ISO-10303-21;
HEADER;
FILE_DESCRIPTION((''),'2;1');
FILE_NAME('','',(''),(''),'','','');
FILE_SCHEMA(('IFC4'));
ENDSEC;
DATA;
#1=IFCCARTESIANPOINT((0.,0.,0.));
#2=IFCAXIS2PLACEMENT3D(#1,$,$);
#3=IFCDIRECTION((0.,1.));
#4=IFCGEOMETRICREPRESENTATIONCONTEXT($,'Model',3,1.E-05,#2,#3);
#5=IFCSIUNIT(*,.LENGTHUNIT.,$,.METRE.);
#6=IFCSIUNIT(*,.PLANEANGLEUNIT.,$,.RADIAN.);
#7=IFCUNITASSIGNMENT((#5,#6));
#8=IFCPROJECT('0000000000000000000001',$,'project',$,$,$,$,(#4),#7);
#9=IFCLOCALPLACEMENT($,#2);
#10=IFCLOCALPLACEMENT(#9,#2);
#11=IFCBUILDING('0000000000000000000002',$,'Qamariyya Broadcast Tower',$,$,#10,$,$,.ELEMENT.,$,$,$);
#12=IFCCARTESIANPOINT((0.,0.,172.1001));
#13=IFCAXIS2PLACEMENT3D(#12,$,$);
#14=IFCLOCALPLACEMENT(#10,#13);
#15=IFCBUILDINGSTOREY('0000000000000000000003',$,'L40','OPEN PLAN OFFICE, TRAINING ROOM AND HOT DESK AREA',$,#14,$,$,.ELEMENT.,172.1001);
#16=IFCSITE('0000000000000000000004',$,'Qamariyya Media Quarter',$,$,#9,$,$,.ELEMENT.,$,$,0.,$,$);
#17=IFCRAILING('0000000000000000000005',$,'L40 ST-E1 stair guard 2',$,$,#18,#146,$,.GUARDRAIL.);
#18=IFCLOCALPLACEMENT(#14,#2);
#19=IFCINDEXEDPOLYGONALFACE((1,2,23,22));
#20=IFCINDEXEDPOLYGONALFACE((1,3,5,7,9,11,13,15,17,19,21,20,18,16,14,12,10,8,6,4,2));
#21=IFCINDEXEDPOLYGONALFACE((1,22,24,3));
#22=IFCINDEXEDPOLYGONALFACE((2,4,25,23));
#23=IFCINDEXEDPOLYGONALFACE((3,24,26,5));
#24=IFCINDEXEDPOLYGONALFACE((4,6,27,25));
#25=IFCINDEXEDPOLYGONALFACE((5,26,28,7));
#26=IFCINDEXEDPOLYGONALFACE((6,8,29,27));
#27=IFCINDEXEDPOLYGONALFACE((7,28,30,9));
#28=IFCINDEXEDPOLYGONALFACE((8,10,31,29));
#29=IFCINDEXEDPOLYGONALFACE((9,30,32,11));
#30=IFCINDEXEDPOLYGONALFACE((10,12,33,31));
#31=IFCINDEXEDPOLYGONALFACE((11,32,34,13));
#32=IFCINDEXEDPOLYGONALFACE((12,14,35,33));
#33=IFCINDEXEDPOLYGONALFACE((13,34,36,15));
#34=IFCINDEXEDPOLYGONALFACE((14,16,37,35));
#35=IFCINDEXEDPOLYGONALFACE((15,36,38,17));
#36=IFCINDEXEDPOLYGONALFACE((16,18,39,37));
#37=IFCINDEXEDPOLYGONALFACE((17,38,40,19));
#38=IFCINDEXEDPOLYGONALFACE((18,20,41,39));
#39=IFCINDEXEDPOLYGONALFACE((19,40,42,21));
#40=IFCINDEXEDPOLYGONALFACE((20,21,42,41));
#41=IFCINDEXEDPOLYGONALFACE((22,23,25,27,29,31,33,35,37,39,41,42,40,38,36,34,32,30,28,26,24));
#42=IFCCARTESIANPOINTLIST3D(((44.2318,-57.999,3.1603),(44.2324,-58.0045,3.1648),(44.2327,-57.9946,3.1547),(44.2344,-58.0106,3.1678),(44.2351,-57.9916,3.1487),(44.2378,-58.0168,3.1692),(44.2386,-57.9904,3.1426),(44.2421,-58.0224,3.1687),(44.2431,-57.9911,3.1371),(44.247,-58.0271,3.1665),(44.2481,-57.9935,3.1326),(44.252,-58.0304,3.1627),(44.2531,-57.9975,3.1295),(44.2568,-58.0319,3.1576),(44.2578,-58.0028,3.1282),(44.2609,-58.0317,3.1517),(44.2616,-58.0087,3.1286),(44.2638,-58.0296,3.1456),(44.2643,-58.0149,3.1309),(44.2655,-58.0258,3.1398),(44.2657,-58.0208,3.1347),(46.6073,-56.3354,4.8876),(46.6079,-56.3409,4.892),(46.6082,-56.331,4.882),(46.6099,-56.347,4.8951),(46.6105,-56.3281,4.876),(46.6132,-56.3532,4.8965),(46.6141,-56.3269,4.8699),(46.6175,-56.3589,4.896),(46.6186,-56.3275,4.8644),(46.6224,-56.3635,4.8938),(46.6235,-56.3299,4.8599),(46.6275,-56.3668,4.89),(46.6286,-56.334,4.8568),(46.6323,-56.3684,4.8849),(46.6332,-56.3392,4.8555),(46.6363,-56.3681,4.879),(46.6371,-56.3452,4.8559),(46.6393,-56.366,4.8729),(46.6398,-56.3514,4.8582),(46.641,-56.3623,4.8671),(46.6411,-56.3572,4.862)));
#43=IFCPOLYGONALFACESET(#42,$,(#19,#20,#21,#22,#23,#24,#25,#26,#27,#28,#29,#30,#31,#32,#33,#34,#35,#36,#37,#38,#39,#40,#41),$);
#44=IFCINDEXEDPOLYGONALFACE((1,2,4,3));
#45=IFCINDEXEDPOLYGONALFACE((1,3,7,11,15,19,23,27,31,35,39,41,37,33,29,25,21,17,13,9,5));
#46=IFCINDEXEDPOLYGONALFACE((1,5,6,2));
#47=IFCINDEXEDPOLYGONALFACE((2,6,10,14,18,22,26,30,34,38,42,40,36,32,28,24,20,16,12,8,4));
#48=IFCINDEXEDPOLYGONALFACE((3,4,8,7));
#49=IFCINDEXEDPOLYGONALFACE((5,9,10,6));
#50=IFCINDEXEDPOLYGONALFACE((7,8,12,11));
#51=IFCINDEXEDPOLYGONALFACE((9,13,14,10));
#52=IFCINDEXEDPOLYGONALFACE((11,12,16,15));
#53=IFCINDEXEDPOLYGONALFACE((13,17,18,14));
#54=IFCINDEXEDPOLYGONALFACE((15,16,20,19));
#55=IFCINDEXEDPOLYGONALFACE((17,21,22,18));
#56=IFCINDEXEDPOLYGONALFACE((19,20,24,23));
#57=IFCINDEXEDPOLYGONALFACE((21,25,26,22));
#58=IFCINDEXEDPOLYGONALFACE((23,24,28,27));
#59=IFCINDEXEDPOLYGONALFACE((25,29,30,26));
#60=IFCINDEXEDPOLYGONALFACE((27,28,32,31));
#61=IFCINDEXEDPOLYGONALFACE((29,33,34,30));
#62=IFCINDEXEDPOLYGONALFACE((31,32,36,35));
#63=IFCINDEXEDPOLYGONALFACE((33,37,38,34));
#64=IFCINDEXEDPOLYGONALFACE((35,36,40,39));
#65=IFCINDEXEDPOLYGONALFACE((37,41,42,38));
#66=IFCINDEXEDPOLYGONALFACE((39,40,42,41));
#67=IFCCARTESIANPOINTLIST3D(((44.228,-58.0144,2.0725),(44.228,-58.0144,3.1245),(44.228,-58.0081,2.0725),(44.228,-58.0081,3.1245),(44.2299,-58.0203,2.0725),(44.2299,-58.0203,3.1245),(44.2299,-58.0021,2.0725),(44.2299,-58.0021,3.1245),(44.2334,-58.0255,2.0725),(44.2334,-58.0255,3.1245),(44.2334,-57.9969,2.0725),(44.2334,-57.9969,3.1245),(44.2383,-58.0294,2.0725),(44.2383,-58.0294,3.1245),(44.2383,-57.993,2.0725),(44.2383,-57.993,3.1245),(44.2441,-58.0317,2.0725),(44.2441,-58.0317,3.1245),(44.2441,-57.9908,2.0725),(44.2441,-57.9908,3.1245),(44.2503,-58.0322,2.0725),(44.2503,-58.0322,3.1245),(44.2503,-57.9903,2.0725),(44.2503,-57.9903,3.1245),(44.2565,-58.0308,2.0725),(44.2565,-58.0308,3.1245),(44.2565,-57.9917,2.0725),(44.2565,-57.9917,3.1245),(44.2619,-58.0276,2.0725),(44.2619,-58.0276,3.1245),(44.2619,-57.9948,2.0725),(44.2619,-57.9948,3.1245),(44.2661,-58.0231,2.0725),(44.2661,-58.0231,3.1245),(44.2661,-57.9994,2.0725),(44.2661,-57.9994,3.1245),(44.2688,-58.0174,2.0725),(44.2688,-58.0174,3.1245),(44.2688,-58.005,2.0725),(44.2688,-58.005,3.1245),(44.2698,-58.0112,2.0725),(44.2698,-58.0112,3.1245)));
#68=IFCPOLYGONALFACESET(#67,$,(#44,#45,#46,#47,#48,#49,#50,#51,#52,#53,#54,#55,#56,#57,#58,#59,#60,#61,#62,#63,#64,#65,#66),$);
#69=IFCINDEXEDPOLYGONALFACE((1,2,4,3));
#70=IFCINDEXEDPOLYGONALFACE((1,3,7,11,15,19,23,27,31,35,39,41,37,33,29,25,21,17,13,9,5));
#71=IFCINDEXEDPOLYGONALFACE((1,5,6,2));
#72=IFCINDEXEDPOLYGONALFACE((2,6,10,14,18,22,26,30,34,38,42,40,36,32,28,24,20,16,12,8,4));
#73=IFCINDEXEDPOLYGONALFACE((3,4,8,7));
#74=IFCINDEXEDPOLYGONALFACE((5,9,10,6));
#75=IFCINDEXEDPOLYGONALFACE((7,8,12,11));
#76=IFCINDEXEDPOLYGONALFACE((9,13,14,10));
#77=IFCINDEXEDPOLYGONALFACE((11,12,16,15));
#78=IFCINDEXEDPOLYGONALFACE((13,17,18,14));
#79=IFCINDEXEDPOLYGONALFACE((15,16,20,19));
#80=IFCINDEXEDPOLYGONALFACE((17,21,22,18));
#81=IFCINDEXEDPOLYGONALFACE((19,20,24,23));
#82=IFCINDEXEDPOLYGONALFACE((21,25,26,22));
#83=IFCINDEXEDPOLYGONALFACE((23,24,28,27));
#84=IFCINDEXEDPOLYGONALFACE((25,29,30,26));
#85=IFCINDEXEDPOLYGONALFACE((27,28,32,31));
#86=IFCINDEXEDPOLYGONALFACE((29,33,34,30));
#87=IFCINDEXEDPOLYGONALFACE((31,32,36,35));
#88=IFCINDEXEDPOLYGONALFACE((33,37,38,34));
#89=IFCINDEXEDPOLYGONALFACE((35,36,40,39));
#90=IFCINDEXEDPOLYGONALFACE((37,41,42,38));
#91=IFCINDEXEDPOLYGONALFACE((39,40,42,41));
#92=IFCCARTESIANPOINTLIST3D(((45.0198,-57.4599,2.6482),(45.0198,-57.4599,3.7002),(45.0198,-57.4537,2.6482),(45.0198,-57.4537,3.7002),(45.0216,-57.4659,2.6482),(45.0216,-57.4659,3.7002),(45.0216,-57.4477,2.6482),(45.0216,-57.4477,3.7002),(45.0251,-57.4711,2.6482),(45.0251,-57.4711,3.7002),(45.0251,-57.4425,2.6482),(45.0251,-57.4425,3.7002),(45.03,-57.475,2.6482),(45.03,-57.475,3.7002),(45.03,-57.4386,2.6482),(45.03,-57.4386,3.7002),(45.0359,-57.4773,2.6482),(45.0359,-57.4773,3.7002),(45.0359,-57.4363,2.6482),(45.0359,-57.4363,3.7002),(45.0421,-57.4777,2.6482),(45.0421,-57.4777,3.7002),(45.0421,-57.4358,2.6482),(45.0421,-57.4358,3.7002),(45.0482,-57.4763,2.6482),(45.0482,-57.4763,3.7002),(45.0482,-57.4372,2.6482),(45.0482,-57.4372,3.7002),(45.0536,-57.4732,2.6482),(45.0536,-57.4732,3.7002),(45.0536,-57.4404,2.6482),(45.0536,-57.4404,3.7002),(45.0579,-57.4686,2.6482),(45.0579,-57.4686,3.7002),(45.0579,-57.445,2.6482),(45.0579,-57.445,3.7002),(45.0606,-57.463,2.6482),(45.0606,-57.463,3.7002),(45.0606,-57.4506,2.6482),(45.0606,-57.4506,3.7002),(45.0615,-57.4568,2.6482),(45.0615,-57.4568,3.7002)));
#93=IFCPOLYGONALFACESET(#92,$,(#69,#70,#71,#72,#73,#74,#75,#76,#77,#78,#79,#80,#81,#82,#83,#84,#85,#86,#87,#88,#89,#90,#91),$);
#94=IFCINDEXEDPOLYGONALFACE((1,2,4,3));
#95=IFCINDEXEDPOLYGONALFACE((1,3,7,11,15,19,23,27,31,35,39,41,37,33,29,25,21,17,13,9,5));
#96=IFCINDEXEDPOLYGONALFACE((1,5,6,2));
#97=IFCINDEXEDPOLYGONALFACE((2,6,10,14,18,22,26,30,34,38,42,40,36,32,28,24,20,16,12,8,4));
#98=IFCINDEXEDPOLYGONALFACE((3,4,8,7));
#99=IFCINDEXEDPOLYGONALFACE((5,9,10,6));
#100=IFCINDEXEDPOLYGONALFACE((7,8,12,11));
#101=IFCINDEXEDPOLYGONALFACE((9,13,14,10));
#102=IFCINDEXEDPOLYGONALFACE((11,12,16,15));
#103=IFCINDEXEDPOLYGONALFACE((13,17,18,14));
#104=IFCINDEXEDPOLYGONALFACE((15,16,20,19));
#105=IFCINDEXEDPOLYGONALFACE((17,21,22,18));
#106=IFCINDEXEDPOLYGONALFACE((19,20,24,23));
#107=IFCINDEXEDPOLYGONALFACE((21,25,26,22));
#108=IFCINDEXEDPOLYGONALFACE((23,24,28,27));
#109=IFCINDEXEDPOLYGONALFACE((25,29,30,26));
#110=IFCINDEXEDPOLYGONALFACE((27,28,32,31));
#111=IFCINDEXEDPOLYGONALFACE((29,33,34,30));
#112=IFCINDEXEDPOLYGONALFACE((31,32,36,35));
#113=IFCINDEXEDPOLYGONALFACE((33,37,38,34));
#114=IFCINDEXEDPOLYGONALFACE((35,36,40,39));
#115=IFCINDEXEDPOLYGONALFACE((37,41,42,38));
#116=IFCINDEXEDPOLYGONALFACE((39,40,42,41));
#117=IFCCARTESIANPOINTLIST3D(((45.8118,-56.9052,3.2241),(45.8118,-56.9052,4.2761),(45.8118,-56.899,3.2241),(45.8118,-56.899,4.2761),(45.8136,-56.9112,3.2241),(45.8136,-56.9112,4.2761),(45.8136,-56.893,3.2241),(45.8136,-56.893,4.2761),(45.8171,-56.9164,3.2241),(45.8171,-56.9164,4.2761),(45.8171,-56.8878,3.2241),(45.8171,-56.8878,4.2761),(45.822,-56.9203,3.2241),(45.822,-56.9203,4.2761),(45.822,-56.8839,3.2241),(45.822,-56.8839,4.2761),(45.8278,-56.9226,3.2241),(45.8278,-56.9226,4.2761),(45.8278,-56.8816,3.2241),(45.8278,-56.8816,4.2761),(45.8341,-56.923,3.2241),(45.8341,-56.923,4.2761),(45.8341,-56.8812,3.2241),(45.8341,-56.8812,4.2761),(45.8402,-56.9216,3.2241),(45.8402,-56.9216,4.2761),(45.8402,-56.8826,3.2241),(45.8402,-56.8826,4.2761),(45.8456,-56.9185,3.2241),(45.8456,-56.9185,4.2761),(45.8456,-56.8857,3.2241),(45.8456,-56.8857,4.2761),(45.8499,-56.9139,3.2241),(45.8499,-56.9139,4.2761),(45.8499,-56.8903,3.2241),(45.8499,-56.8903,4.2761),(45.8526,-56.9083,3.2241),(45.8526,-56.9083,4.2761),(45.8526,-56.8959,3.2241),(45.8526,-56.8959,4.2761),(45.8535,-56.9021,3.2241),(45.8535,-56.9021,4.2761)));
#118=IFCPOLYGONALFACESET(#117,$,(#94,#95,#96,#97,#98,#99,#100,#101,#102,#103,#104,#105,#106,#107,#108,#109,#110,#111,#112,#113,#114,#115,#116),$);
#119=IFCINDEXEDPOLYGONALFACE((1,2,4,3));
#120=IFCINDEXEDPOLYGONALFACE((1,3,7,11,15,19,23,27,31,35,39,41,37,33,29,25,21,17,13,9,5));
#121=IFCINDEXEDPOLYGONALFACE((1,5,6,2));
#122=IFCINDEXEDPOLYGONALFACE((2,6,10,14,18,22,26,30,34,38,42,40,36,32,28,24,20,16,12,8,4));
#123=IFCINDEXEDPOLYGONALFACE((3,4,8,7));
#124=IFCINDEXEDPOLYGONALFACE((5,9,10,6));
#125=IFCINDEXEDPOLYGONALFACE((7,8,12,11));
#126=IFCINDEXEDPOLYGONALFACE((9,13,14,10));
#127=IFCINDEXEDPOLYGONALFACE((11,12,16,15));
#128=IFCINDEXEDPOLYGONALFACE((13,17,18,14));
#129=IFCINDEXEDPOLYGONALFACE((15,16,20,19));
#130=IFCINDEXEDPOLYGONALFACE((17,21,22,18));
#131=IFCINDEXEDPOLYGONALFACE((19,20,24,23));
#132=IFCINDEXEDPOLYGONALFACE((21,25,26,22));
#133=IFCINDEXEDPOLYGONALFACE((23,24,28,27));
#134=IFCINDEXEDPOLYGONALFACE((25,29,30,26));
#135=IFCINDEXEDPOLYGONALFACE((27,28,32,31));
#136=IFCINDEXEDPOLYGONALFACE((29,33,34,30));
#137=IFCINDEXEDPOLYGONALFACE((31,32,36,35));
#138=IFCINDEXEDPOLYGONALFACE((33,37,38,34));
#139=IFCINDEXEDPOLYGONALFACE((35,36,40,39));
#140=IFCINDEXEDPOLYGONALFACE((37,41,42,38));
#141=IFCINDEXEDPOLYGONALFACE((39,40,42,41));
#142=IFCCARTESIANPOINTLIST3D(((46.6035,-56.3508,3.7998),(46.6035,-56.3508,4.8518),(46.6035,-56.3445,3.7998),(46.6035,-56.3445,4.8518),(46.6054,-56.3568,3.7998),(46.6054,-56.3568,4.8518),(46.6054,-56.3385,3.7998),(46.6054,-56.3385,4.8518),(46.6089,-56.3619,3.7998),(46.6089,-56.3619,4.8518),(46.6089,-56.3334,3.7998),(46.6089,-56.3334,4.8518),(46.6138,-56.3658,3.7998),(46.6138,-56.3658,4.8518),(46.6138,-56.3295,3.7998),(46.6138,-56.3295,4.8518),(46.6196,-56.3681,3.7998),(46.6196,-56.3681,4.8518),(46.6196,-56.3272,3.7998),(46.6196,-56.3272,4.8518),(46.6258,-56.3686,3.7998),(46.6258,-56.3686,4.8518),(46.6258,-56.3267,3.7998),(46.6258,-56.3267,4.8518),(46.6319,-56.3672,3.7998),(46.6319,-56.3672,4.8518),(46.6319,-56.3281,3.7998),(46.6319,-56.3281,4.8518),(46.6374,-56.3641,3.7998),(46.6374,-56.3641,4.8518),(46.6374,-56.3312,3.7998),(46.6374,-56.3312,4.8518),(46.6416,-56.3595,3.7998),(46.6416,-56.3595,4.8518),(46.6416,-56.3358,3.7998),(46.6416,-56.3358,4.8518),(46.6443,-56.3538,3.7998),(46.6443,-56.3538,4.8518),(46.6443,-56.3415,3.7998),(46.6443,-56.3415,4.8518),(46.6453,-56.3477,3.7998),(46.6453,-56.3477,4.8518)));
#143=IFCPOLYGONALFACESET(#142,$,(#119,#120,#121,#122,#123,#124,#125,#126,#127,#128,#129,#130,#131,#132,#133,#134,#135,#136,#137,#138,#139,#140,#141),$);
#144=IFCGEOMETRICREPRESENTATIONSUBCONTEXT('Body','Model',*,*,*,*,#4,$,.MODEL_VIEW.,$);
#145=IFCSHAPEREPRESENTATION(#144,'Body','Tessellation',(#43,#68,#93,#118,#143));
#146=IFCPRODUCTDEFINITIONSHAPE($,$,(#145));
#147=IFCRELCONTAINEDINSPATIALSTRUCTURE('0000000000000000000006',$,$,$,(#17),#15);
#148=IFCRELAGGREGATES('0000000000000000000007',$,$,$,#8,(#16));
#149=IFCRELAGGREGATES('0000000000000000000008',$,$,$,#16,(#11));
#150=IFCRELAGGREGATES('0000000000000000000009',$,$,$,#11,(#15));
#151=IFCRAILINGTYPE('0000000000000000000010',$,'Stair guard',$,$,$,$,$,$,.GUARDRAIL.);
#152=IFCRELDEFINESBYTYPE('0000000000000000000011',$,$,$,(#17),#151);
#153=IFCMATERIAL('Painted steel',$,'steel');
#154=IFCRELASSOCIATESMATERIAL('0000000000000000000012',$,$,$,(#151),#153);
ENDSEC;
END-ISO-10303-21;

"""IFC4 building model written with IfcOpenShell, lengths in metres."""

from ifc_helpers import new_model, si_unit, direction, frame, origin, origin_2d, place, context, subcontext, project, spatial, circle, extrude, material, type_object, element, save


model = new_model("IFC4")

# Units and contexts
model_context = context("Model", 3, precision=1e-05, world=origin(), true_north=direction((0.0, 1.0)))
body_context = subcontext(model_context, "Body", "Model", "MODEL_VIEW")
ifc_project = project(units=[si_unit("LENGTHUNIT", "METRE"), si_unit("PLANEANGLEUNIT", "RADIAN")], contexts=[model_context])

# Site, building, storey
site_placement = place(None, origin())
site = spatial("IfcSite", under=ifc_project, at=site_placement, Name="Qamariyya Media Quarter", CompositionType="ELEMENT", RefElevation=0.0)
building_placement = place(site_placement, origin())
building = spatial("IfcBuilding", under=site, at=building_placement, Name="Qamariyya Broadcast Tower", CompositionType="ELEMENT")
storey_placement = place(building_placement, frame((0.0, 0.0, 172.1001)))
storey = spatial("IfcBuildingStorey", under=building, at=storey_placement, Name="L40", Description="OPEN PLAN OFFICE, TRAINING ROOM AND HOT DESK AREA", CompositionType="ELEMENT", Elevation=172.1001)

# Railing
ifc_material_1 = material(Name="Painted steel", Category="steel")
railing_type_1 = type_object("IfcRailingType", Name="Stair guard", PredefinedType="GUARDRAIL", material=ifc_material_1)
railing_1_placement = place(storey_placement, frame((44.2488, -58.0112, 2.0725)))
element("IfcRailing", 1, at=railing_1_placement, inside=storey, type_object=railing_type_1, Name="L40 ST-E1 stair guard 2", PredefinedType="GUARDRAIL", context=body_context, shape_type="SweptSolid", body=[
    extrude(circle(Radius=0.0239, at=origin_2d()), frame((0.0, 0.0, 1.0762), z_axis=(0.703745, 0.492838, 0.511716), x_axis=(-0.573632, 0.819113, 0.0)), (0.0, 0.0, 1.0), 3.3755),
    extrude(circle(Radius=0.021, at=origin_2d()), origin(), (0.0, 0.0, 1.0), 1.052),
    extrude(circle(Radius=0.021, at=origin_2d()), frame((0.7917, 0.5544, 0.5757)), (0.0, 0.0, 1.0), 1.052),
    extrude(circle(Radius=0.021, at=origin_2d()), frame((1.5837, 1.1091, 1.1516)), (0.0, 0.0, 1.0), 1.052),
    extrude(circle(Radius=0.021, at=origin_2d()), frame((2.3755, 1.6636, 1.7273)), (0.0, 0.0, 1.0), 1.052),
])

save(model, "model.ifc")
